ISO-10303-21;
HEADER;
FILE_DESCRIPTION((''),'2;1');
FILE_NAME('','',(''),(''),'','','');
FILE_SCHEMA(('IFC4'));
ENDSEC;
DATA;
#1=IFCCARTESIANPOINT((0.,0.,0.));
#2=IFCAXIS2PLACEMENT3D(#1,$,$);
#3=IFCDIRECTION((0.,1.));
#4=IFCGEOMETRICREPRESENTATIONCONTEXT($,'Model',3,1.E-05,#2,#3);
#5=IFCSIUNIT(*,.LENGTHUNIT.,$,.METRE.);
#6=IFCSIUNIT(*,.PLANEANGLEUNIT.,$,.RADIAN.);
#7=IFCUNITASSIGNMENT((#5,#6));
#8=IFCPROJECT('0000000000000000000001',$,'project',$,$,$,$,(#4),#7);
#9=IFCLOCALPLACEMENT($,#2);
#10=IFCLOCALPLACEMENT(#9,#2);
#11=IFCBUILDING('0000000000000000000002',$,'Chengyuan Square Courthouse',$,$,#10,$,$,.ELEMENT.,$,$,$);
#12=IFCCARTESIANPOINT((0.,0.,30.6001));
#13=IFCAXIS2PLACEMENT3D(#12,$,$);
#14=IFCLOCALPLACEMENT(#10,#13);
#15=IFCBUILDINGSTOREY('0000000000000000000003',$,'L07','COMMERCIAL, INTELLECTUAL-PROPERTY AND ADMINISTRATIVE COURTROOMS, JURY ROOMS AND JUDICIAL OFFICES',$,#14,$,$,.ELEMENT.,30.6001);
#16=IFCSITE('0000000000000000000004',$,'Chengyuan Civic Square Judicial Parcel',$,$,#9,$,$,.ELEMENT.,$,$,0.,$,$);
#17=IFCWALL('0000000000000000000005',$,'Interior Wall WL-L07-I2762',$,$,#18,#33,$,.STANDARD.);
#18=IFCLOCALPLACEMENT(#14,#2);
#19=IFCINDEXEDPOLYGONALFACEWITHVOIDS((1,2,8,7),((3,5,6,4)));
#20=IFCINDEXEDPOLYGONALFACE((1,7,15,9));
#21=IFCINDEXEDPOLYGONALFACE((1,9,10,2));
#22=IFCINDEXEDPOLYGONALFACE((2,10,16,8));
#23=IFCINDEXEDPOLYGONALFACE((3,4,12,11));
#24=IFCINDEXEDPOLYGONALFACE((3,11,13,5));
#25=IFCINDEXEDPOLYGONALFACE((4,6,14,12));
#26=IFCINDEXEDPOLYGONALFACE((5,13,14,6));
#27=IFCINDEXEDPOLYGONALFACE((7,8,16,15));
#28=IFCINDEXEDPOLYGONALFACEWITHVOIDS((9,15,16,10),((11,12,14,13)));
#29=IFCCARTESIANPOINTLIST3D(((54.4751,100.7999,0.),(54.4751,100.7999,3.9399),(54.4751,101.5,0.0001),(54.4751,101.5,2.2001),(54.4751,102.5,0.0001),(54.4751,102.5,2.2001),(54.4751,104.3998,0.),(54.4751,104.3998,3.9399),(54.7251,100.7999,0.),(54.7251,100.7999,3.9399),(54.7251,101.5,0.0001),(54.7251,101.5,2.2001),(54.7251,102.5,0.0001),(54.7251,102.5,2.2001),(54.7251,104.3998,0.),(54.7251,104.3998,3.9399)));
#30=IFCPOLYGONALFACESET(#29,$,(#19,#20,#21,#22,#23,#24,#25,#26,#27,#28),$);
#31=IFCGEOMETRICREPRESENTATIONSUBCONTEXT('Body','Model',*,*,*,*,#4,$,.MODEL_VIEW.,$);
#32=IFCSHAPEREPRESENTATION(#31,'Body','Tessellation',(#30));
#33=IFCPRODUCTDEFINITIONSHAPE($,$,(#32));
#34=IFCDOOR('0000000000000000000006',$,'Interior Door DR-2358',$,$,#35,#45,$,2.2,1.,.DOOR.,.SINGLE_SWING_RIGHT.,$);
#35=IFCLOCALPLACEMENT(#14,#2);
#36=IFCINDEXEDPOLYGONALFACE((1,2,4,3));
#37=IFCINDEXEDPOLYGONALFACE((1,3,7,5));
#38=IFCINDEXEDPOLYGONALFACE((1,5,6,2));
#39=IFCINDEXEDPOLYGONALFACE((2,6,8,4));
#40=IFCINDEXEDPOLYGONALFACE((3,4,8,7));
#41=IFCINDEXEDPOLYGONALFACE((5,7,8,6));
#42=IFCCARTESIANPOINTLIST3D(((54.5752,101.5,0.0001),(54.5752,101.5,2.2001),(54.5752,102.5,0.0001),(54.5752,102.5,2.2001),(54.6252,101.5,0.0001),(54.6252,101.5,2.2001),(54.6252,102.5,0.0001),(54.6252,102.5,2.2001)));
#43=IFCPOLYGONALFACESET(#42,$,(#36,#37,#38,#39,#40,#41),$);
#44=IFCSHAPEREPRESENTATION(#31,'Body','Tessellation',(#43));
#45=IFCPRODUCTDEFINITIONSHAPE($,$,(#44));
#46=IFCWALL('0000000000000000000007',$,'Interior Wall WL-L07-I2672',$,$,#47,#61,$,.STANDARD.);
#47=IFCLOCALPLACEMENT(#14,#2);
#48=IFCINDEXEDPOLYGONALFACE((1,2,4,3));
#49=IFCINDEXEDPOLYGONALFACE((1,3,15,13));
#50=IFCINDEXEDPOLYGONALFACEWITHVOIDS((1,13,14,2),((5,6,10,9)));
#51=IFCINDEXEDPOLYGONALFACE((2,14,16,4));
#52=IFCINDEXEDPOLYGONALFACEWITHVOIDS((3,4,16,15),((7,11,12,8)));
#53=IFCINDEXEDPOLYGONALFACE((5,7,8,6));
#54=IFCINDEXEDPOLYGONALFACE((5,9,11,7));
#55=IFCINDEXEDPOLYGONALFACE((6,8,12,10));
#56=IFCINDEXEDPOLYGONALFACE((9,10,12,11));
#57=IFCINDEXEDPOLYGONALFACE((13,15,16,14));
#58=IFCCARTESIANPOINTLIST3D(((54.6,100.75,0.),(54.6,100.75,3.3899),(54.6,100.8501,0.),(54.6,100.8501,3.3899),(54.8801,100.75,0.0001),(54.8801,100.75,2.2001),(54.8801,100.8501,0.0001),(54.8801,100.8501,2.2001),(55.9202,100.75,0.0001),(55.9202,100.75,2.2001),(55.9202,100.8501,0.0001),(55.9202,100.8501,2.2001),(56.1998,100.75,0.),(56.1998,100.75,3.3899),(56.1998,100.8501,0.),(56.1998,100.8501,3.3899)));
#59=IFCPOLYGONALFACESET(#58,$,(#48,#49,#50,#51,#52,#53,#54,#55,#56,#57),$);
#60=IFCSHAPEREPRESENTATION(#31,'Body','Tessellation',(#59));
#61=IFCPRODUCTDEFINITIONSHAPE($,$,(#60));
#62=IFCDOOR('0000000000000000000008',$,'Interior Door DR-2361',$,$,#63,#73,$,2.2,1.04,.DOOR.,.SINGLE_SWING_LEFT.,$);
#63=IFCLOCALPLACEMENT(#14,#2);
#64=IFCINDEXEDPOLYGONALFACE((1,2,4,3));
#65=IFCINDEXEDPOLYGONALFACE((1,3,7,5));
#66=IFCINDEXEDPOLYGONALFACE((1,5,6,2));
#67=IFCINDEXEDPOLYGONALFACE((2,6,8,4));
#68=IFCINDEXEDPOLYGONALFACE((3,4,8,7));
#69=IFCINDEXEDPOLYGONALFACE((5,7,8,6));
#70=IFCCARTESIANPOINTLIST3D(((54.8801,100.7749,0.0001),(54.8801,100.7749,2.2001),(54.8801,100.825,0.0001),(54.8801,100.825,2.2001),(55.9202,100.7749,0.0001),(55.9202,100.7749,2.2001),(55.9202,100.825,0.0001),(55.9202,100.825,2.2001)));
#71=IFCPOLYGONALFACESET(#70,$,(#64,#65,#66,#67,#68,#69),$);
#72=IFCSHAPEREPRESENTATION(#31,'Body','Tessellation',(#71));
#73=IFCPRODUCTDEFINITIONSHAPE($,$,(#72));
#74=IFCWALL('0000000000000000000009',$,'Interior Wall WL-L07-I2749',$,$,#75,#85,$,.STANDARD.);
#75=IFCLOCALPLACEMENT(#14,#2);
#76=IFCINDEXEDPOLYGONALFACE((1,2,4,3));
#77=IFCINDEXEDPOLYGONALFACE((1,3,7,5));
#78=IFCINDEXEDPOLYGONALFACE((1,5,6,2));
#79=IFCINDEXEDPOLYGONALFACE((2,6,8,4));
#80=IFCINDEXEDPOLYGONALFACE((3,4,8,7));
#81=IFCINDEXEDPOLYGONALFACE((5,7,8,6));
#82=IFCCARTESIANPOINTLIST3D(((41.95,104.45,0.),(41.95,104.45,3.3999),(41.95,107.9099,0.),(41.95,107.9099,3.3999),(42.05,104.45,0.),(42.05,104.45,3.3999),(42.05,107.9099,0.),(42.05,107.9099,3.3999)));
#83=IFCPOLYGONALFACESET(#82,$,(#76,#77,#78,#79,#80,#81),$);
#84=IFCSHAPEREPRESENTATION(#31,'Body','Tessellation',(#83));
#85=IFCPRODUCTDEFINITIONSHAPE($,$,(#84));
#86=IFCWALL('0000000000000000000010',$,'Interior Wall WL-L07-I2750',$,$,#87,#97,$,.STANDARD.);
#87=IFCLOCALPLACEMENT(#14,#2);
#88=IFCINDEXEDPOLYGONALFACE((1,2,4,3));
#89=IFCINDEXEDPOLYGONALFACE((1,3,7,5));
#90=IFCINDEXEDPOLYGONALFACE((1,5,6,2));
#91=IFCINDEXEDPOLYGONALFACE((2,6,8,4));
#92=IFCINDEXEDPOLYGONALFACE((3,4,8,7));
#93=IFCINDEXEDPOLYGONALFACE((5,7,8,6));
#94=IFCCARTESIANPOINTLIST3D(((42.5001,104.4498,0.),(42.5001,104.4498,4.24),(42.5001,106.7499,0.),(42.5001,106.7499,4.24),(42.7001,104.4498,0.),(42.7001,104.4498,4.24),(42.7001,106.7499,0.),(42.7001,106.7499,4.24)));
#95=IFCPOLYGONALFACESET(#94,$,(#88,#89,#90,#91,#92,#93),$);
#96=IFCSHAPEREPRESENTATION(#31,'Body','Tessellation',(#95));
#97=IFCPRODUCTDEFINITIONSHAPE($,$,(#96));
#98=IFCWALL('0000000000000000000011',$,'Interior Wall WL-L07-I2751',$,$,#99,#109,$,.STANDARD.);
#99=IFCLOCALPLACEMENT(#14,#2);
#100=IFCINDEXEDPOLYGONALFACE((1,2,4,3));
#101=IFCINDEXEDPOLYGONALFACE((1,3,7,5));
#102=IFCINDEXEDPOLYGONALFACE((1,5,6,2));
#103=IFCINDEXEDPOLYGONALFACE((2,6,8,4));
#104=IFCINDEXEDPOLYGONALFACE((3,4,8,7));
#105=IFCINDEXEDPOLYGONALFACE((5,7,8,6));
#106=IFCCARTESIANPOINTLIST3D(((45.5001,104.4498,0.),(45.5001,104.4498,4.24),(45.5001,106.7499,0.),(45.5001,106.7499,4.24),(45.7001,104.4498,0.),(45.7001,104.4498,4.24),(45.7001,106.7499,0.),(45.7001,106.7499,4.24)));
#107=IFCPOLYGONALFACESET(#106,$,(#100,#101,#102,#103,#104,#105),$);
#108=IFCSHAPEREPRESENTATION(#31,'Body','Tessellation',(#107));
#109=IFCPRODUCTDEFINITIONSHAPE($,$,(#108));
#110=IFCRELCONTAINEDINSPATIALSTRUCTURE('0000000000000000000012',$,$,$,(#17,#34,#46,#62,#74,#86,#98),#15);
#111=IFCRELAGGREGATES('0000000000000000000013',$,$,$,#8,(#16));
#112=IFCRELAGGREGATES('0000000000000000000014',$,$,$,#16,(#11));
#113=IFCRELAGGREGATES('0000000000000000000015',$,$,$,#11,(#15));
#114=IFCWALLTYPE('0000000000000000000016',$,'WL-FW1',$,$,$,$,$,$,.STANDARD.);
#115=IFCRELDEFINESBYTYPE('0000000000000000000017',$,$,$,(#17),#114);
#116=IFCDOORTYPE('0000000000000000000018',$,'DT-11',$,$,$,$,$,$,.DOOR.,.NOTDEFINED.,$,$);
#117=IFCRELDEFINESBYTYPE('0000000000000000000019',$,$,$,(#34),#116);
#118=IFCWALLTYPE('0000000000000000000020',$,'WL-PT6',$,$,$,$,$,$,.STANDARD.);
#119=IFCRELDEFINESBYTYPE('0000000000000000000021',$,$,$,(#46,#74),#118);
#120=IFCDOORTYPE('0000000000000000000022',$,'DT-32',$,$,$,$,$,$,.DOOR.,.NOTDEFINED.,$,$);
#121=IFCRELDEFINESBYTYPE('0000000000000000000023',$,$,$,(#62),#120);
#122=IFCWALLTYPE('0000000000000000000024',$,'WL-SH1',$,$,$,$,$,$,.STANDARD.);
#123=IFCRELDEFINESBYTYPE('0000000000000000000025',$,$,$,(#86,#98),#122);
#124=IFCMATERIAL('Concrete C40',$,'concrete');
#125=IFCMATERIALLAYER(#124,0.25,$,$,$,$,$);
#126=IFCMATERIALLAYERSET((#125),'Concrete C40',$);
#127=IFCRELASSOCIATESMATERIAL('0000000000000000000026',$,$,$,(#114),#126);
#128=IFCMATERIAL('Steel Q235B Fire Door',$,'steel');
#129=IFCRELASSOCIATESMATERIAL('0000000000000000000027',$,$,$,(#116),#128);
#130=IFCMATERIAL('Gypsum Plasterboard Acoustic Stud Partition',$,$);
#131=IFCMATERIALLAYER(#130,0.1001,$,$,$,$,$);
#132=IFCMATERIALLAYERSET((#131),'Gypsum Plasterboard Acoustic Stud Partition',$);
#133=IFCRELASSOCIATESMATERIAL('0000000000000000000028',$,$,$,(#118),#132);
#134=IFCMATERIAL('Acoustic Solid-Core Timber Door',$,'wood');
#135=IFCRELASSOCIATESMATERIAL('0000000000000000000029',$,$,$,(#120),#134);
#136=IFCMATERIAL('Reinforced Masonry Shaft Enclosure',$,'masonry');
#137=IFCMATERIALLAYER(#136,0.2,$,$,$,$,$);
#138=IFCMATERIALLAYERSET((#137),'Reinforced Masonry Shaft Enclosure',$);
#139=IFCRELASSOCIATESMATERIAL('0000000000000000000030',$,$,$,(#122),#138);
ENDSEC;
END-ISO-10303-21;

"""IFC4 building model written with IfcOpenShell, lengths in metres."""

from ifc_helpers import new_model, si_unit, direction, frame, frame_2d, origin, place, context, subcontext, project, spatial, rectangle, extrude, material, layer, layer_set, type_object, element, fill, save


model = new_model("IFC4")

# Units and contexts
model_context = context("Model", 3, precision=1e-05, world=origin(), true_north=direction((0.0, 1.0)))
body_context = subcontext(model_context, "Body", "Model", "MODEL_VIEW")
ifc_project = project(units=[si_unit("LENGTHUNIT", "METRE"), si_unit("PLANEANGLEUNIT", "RADIAN")], contexts=[model_context])

# Site, building, storey
site_placement = place(None, origin())
site = spatial("IfcSite", under=ifc_project, at=site_placement, Name="Chengyuan Civic Square Judicial Parcel", CompositionType="ELEMENT", RefElevation=0.0)
building_placement = place(site_placement, origin())
building = spatial("IfcBuilding", under=site, at=building_placement, Name="Chengyuan Square Courthouse", CompositionType="ELEMENT")
storey_placement = place(building_placement, frame((0.0, 0.0, 30.6001)))
storey = spatial("IfcBuildingStorey", under=building, at=storey_placement, Name="L07", Description="COMMERCIAL, INTELLECTUAL-PROPERTY AND ADMINISTRATIVE COURTROOMS, JURY ROOMS AND JUDICIAL OFFICES", CompositionType="ELEMENT", Elevation=30.6001)

# Shared definitions
ifc_material_1 = material(Name="Concrete C40", Category="concrete")

# Shared definitions
ifc_layer_1 = layer(ifc_material_1, 0.25)
ifc_layer_set_1 = layer_set([ifc_layer_1], Name="Concrete C40")
wall_type_1 = type_object("IfcWallType", Name="WL-FW1", PredefinedType="STANDARD", material=ifc_layer_set_1)
ifc_material_2 = material(Name="Steel Q235B Fire Door", Category="steel")

# Walls, openings, doors
wall_1_placement = place(storey_placement, frame((54.6001, 100.8, 0.0), z_axis=(0.0, 0.0, 1.0), x_axis=(0.0, 1.0, 0.0)))
wall_1 = element("IfcWall", 1, at=wall_1_placement, inside=storey, type_object=wall_type_1, Name="Interior Wall WL-L07-I2762", PredefinedType="STANDARD", context=body_context, shape_type="SweptSolid", body=[
    extrude(rectangle(XDim=3.5999, YDim=0.25, at=frame_2d((1.7998, 0.0))), origin(), (0.0, 0.0, 1.0), 3.9399),
])
opening_1_placement = place(wall_1_placement, frame((0.7, 0.0, 0.0)))
opening_1 = element("IfcOpeningElement", 2, at=opening_1_placement, cuts=wall_1, PredefinedType="OPENING", context=body_context, shape_type="SweptSolid", body=[
    extrude(rectangle(XDim=1.0, YDim=2.2, at=frame_2d((0.5, 1.1001))), frame((0.0, 0.137, 0.0), z_axis=(0.0, -1.0, 0.0), x_axis=(1.0, 0.0, 0.0)), (0.0, 0.0, 1.0), 0.2739),
])
door_type_1 = type_object("IfcDoorType", Name="DT-11", OperationType="NOTDEFINED", PredefinedType="DOOR", material=ifc_material_2)
door_1_placement = place(opening_1_placement, origin())
door_1 = element("IfcDoor", 3, at=door_1_placement, inside=storey, type_object=door_type_1, Name="Interior Door DR-2358", OperationType="SINGLE_SWING_RIGHT", OverallHeight=2.2, OverallWidth=1.0, PredefinedType="DOOR", context=body_context, shape_type="SweptSolid", body=[
    extrude(rectangle(XDim=1.0, YDim=2.2, at=frame_2d((0.5, 1.1001))), frame((0.0, 0.0249, 0.0), z_axis=(0.0, -1.0, 0.0), x_axis=(1.0, 0.0, 0.0)), (0.0, 0.0, 1.0), 0.05),
])
fill(opening_1, door_1)
ifc_material_3 = material(Name="Gypsum Plasterboard Acoustic Stud Partition")
ifc_layer_2 = layer(ifc_material_3, 0.1001)
ifc_layer_set_2 = layer_set([ifc_layer_2], Name="Gypsum Plasterboard Acoustic Stud Partition")
wall_type_2 = type_object("IfcWallType", Name="WL-PT6", PredefinedType="STANDARD", material=ifc_layer_set_2)
wall_2_placement = place(storey_placement, frame((54.6001, 100.8, 0.0), z_axis=(0.0, 0.0, 1.0), x_axis=(1.0, 0.0, 0.0)))
wall_2 = element("IfcWall", 4, at=wall_2_placement, inside=storey, type_object=wall_type_2, Name="Interior Wall WL-L07-I2672", PredefinedType="STANDARD", context=body_context, shape_type="SweptSolid", body=[
    extrude(rectangle(XDim=1.5999, YDim=0.1001, at=frame_2d((0.7998, 0.0))), origin(), (0.0, 0.0, 1.0), 3.3899),
])
opening_2_placement = place(wall_2_placement, frame((0.28, 0.0, 0.0)))
opening_2 = element("IfcOpeningElement", 5, at=opening_2_placement, cuts=wall_2, PredefinedType="OPENING", context=body_context, shape_type="SweptSolid", body=[
    extrude(rectangle(XDim=1.04, YDim=2.2, at=frame_2d((0.52, 1.1001))), frame((0.0, 0.062, 0.0), z_axis=(0.0, -1.0, 0.0), x_axis=(1.0, 0.0, 0.0)), (0.0, 0.0, 1.0), 0.124),
])
ifc_material_4 = material(Name="Acoustic Solid-Core Timber Door", Category="wood")
door_type_2 = type_object("IfcDoorType", Name="DT-32", OperationType="NOTDEFINED", PredefinedType="DOOR", material=ifc_material_4)
door_2_placement = place(opening_2_placement, origin())
door_2 = element("IfcDoor", 6, at=door_2_placement, inside=storey, type_object=door_type_2, Name="Interior Door DR-2361", OperationType="SINGLE_SWING_LEFT", OverallHeight=2.2, OverallWidth=1.04, PredefinedType="DOOR", context=body_context, shape_type="SweptSolid", body=[
    extrude(rectangle(XDim=1.04, YDim=2.2, at=frame_2d((0.52, 1.1001))), frame((0.0, 0.0249, 0.0), z_axis=(0.0, -1.0, 0.0), x_axis=(1.0, 0.0, 0.0)), (0.0, 0.0, 1.0), 0.05),
])
fill(opening_2, door_2)

# Wall
wall_3_placement = place(storey_placement, frame((42.0, 104.45, 0.0), z_axis=(0.0, 0.0, 1.0), x_axis=(0.0, 1.0, 0.0)))
element("IfcWall", 7, at=wall_3_placement, inside=storey, type_object=wall_type_2, Name="Interior Wall WL-L07-I2749", PredefinedType="STANDARD", context=body_context, shape_type="SweptSolid", body=[
    extrude(rectangle(XDim=3.46, YDim=0.1001, at=frame_2d((1.73, 0.0))), origin(), (0.0, 0.0, 1.0), 3.3999),
])

# Shared definitions
ifc_material_5 = material(Name="Reinforced Masonry Shaft Enclosure", Category="masonry")
ifc_layer_3 = layer(ifc_material_5, 0.2)
ifc_layer_set_3 = layer_set([ifc_layer_3], Name="Reinforced Masonry Shaft Enclosure")
wall_type_3 = type_object("IfcWallType", Name="WL-SH1", PredefinedType="STANDARD", material=ifc_layer_set_3)

# Walls
for number, where, z_axis, x_axis, name in (
    (8, (42.6001, 104.45, 0.0), (0.0, 0.0, 1.0), (0.0, 1.0, 0.0), "Interior Wall WL-L07-I2750"),
    (9, (45.6001, 104.45, 0.0), (0.0, 0.0, 1.0), (0.0, 1.0, 0.0), "Interior Wall WL-L07-I2751"),
):
    element("IfcWall", number, at=place(storey_placement, frame(where, z_axis=z_axis, x_axis=x_axis)), inside=storey, type_object=wall_type_3, Name=name, PredefinedType="STANDARD", context=body_context, shape_type="SweptSolid", body=[
        extrude(rectangle(XDim=2.3, YDim=0.2, at=frame_2d((1.1499, 0.0))), origin(), (0.0, 0.0, 1.0), 4.24),
    ])

save(model, "model.ifc")
